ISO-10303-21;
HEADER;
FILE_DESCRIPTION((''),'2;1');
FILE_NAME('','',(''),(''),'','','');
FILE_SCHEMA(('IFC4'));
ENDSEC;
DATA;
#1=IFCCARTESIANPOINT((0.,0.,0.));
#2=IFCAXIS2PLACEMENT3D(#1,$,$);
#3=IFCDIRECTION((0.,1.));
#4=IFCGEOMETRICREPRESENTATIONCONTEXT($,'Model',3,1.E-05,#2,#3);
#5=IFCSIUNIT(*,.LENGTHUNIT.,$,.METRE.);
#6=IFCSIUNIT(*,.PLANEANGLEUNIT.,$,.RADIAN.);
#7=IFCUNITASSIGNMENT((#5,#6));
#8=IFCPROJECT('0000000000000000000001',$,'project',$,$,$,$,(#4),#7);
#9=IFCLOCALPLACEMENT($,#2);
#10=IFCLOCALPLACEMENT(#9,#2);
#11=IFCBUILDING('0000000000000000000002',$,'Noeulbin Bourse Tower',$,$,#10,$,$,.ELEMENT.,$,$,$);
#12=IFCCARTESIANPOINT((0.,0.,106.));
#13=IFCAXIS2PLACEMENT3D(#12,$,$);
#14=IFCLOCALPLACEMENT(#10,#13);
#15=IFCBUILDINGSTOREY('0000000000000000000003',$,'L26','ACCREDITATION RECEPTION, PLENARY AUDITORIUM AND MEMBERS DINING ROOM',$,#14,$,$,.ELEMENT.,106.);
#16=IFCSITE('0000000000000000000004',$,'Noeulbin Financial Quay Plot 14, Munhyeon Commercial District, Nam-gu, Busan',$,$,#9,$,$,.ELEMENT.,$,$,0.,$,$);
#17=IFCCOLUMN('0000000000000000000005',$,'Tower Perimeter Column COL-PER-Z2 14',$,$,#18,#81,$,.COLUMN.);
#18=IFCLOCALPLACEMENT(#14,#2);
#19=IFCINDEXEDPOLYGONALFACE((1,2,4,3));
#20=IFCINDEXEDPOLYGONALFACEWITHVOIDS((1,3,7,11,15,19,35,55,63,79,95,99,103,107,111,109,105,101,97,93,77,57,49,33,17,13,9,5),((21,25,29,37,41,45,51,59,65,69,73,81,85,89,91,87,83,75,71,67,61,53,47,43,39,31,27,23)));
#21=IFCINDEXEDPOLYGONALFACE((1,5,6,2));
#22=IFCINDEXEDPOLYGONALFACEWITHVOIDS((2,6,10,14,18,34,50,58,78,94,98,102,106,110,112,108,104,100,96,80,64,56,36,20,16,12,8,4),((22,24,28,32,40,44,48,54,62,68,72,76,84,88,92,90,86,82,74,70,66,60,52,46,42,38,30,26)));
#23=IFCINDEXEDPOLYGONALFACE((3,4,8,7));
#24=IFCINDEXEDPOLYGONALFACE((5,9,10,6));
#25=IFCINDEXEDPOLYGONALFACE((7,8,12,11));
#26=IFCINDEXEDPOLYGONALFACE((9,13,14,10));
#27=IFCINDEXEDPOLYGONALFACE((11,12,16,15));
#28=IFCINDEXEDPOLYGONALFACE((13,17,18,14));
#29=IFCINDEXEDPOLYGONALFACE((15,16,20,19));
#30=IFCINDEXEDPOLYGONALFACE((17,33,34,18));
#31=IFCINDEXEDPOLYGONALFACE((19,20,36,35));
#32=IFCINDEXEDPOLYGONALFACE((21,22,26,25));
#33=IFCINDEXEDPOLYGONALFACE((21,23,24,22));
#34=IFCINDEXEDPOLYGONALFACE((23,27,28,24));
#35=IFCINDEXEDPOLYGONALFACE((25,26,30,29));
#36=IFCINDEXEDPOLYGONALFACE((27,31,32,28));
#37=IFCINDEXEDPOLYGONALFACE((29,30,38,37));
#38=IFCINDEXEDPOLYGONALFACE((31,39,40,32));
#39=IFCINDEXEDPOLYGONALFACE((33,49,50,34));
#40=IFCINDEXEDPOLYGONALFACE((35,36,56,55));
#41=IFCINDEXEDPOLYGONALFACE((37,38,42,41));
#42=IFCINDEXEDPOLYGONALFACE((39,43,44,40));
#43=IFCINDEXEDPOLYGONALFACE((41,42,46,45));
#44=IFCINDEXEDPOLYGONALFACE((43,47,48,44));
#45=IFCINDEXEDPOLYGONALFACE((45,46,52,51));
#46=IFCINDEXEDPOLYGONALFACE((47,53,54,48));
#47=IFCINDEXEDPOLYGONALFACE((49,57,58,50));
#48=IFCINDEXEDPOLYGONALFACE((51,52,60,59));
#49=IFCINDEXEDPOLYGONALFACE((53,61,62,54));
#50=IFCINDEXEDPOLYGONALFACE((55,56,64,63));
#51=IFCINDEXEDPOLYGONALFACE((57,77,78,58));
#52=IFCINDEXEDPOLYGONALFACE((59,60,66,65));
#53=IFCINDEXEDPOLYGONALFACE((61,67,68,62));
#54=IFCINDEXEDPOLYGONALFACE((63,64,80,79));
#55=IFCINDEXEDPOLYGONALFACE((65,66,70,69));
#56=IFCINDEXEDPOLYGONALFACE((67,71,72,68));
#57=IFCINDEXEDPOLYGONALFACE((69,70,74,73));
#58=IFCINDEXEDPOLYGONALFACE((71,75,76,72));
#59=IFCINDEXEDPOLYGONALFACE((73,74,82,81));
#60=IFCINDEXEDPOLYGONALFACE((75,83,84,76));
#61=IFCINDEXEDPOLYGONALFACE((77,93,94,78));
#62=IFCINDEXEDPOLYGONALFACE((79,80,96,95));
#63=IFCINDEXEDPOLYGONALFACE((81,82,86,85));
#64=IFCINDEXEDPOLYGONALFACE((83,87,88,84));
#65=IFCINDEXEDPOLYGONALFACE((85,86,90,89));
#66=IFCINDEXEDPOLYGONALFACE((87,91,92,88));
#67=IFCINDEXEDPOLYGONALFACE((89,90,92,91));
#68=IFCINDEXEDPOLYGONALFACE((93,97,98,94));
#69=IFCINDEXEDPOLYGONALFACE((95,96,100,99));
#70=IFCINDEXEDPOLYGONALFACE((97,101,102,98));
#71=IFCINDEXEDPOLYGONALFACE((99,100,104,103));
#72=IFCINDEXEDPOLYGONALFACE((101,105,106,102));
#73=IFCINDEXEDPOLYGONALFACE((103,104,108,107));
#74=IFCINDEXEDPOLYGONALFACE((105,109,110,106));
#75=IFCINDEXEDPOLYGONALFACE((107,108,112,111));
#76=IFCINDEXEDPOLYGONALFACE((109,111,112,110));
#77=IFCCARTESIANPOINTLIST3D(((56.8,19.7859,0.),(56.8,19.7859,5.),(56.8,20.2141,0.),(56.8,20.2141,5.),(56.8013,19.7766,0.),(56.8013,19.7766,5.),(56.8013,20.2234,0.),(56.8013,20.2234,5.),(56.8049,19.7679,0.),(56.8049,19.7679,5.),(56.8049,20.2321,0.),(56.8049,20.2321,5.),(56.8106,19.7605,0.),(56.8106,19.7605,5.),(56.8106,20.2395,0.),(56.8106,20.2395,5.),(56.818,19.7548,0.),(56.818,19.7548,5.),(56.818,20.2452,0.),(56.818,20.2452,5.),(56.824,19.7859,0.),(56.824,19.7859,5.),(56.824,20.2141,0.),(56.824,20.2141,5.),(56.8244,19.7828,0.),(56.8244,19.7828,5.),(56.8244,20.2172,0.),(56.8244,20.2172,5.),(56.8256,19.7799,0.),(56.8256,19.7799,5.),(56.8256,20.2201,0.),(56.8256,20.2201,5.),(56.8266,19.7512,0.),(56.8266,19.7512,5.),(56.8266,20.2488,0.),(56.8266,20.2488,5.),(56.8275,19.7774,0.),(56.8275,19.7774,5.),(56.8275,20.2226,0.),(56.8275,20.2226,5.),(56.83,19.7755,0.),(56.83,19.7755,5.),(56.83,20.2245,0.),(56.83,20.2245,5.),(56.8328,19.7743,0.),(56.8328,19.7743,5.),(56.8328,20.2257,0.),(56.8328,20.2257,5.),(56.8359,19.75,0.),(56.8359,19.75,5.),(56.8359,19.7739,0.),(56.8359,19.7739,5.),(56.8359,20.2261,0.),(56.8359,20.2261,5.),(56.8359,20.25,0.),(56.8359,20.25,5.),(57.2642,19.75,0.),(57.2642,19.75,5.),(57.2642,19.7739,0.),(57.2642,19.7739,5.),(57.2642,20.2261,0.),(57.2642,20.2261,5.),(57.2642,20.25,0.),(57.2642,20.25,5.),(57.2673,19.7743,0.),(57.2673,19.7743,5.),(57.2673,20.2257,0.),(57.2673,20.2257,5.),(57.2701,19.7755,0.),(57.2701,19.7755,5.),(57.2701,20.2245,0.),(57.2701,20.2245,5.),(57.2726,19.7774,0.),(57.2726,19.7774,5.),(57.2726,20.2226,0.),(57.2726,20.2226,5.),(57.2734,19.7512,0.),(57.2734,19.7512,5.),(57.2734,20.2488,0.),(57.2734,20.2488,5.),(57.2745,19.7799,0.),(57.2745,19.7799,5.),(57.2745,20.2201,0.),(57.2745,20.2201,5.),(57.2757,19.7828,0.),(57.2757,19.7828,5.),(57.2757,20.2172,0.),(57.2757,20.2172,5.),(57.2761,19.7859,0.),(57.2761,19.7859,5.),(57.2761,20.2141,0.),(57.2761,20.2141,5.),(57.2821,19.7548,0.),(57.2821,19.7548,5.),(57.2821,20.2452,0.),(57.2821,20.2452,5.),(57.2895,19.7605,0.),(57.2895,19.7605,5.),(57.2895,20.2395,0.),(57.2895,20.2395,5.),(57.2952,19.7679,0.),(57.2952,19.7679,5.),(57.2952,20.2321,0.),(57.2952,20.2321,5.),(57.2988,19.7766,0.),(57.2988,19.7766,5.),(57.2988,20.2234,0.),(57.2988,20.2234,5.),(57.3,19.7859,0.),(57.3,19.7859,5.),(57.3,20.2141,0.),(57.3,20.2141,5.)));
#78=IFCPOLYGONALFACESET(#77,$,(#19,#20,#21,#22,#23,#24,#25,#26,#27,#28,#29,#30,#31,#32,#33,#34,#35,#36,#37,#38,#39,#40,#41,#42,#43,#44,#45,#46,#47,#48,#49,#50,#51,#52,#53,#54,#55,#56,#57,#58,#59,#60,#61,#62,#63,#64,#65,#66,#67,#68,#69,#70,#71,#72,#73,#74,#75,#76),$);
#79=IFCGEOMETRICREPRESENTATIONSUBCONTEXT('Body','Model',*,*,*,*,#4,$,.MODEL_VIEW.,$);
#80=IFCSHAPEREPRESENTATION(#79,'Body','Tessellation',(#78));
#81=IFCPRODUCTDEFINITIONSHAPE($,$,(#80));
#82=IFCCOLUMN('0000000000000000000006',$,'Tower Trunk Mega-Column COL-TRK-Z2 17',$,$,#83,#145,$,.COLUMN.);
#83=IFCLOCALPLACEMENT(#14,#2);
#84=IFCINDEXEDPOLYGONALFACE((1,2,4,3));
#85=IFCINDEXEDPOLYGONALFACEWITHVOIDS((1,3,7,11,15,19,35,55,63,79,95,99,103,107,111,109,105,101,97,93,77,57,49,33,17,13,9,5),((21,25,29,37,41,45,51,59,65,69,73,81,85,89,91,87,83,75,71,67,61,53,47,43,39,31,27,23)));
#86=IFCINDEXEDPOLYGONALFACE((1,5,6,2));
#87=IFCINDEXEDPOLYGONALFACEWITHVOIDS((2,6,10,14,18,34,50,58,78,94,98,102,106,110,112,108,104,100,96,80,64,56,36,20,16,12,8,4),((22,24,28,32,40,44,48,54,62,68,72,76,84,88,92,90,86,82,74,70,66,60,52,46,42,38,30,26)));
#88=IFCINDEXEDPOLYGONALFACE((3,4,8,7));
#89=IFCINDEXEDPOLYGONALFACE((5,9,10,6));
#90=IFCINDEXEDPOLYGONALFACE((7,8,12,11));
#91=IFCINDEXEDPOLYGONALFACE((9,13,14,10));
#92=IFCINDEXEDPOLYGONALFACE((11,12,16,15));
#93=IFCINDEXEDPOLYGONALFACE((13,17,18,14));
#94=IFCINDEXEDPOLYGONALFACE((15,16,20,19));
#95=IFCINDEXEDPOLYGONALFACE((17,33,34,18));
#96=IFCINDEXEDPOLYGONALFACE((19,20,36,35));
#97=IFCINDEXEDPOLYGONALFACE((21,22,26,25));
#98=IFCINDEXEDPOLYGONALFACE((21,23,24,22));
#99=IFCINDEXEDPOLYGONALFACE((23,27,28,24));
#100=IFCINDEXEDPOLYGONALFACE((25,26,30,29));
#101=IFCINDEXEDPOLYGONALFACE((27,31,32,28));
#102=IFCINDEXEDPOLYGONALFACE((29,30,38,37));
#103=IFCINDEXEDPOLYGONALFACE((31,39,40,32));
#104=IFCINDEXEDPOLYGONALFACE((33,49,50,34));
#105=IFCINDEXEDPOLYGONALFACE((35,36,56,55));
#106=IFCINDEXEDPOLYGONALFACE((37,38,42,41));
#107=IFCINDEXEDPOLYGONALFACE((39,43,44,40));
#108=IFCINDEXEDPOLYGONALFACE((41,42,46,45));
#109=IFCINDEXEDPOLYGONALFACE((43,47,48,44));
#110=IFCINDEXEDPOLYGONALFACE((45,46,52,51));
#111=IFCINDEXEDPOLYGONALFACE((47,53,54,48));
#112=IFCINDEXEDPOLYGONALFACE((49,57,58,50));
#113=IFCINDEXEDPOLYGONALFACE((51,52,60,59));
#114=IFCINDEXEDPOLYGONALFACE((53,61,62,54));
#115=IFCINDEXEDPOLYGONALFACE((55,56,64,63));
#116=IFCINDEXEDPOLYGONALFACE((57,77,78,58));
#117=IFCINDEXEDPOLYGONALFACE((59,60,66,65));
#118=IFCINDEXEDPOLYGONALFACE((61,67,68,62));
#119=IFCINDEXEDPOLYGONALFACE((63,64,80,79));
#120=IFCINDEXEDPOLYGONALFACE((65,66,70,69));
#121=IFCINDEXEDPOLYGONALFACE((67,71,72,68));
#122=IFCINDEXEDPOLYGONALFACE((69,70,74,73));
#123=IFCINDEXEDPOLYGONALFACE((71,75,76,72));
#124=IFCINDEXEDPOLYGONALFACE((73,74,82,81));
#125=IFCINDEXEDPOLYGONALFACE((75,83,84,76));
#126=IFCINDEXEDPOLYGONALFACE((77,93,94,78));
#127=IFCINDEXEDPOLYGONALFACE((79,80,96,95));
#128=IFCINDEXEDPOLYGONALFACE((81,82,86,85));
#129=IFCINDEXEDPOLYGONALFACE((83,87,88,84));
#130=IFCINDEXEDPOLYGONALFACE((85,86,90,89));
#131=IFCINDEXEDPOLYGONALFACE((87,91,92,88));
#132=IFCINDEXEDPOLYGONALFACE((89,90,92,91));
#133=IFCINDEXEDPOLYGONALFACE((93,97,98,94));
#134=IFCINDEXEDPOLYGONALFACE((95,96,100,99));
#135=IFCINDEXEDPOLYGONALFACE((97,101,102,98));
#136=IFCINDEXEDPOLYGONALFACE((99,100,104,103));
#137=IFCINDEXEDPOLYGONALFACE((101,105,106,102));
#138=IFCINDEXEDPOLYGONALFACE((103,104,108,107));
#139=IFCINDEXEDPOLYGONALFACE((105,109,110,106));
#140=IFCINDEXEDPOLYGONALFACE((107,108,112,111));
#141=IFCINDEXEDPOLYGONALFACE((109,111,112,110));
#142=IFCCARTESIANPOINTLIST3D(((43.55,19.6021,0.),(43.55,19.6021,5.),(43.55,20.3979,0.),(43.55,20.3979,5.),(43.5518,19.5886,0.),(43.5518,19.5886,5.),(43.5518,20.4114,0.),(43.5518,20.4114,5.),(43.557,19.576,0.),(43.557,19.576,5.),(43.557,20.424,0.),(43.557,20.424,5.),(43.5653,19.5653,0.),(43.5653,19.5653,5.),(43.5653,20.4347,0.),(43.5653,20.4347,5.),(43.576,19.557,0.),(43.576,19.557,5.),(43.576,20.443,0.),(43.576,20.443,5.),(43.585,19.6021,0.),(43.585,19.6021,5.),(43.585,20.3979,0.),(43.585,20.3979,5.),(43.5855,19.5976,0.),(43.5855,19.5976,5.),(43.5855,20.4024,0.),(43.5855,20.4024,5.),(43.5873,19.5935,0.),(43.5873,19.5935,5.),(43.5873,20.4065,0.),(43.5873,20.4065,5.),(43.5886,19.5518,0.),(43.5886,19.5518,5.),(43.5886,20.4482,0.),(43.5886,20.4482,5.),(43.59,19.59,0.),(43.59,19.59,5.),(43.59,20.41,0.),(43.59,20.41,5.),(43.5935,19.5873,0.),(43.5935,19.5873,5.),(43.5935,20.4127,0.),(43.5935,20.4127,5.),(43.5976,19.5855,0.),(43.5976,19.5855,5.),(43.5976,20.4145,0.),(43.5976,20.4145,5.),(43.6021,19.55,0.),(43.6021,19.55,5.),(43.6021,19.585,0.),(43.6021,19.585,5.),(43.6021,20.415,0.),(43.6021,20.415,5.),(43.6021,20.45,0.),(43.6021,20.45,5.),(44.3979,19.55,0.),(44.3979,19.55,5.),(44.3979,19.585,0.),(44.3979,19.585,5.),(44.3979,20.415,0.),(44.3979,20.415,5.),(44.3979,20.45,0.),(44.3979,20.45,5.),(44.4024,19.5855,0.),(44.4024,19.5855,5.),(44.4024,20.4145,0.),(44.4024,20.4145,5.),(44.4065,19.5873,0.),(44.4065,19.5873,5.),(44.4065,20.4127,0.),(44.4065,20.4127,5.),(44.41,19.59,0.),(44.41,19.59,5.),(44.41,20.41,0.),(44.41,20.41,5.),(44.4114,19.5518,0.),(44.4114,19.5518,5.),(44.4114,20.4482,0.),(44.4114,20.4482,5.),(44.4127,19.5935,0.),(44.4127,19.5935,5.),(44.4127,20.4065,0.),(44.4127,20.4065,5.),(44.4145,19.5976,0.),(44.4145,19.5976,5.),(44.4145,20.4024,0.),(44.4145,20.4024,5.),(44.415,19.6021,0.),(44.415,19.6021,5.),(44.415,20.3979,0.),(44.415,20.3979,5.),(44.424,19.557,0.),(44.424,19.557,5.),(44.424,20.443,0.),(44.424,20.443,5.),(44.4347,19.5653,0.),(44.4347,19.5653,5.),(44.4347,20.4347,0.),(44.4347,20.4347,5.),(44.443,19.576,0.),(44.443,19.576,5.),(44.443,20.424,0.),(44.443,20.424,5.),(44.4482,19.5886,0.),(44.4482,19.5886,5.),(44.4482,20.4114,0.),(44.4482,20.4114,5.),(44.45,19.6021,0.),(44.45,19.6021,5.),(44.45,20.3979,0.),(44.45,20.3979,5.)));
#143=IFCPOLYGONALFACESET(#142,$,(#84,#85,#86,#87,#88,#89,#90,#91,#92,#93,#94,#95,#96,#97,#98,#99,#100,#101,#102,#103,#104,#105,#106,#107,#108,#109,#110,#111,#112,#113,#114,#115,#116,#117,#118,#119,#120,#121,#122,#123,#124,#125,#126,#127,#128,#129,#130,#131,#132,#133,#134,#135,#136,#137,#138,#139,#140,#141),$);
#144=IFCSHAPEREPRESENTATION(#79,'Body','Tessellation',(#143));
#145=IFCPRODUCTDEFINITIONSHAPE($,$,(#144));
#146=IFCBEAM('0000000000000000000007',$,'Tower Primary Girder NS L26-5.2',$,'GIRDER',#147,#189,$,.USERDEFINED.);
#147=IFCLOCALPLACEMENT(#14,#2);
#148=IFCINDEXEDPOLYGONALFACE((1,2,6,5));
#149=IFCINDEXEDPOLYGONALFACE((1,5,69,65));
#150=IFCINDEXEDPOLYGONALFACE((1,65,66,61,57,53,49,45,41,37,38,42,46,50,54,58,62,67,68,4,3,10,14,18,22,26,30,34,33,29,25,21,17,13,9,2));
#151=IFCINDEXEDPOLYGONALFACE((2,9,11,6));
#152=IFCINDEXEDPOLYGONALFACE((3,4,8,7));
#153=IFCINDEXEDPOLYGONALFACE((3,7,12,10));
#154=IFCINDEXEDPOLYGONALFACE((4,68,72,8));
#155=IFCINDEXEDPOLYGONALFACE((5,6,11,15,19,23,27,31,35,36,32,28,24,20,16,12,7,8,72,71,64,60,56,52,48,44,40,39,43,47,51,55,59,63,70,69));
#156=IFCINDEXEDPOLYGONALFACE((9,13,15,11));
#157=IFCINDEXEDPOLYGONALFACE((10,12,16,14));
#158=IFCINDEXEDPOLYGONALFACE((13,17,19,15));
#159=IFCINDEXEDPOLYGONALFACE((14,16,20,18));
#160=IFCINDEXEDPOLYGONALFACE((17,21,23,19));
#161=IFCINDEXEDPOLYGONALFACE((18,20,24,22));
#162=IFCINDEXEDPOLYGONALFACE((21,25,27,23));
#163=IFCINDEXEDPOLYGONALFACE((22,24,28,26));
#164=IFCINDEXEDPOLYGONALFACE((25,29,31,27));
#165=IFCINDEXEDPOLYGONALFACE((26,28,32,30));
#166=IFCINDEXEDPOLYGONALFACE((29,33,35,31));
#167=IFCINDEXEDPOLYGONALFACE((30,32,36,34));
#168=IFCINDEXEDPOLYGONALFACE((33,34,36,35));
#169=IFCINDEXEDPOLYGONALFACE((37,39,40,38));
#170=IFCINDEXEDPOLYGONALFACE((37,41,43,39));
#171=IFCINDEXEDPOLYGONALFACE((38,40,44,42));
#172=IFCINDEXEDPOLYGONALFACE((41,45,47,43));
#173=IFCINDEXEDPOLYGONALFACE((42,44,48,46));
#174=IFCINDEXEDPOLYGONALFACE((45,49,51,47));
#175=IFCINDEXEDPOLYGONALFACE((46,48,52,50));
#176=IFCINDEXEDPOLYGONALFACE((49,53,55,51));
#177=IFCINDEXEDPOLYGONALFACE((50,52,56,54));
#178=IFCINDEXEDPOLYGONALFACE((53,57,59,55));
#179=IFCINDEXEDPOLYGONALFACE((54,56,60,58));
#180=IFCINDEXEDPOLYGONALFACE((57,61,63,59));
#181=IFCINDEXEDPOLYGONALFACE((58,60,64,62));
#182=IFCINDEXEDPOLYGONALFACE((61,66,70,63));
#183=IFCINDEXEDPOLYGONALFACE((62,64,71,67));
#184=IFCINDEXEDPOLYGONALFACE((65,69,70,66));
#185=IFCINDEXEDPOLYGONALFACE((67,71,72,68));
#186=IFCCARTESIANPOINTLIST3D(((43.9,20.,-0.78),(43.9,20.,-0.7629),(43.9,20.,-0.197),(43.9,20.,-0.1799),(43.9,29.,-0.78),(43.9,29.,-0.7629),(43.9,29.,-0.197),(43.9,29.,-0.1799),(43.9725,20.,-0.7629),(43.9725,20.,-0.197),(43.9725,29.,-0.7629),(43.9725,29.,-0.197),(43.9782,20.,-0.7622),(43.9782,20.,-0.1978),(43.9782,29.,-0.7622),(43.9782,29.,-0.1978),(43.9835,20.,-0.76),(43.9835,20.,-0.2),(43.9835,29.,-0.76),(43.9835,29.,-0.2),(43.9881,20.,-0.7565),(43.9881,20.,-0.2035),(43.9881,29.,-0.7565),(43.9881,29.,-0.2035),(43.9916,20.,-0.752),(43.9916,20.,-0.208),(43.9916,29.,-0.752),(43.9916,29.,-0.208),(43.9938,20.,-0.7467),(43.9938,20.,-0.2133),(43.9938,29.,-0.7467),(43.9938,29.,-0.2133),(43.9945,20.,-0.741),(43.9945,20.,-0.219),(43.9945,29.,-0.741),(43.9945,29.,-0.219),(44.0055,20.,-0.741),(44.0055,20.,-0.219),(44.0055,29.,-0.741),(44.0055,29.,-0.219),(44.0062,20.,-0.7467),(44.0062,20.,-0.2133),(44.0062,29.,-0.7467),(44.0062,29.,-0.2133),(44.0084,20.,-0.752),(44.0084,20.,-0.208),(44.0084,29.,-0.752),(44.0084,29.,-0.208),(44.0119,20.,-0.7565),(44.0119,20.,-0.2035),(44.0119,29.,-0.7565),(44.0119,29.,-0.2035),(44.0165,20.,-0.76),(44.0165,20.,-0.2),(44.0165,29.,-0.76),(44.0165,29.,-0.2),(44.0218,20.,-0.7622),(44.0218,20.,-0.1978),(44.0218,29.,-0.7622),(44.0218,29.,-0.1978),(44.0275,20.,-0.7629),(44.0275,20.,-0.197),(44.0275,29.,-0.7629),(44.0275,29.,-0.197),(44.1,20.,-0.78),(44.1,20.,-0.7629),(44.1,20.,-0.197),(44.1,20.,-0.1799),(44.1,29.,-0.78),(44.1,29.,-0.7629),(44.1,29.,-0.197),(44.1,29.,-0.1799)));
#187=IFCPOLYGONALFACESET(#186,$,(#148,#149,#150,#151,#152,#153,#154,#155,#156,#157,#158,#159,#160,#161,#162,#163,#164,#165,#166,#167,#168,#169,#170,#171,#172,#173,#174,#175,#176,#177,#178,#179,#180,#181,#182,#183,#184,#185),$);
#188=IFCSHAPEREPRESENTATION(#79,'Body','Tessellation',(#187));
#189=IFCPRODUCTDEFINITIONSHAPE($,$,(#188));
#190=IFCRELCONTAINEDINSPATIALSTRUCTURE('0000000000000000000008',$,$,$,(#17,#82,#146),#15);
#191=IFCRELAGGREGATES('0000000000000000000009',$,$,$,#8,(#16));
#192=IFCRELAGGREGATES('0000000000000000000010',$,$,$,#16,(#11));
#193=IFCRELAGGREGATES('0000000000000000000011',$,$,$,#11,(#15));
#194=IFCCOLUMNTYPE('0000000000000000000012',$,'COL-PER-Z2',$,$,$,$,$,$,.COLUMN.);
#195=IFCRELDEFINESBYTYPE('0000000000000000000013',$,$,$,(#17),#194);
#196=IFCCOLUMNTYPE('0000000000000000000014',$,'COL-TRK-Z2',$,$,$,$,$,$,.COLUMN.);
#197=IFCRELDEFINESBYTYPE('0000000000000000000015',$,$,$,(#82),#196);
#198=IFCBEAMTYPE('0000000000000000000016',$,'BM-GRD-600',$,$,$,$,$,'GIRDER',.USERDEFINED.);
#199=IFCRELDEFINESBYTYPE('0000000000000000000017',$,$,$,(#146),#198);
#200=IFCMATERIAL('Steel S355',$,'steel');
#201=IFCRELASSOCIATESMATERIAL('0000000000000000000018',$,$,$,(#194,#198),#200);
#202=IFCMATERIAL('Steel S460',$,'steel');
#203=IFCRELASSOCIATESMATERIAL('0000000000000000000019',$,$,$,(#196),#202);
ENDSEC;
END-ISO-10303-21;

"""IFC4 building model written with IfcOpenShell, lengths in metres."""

from ifc_helpers import new_model, si_unit, direction, frame, origin, origin_2d, place, context, subcontext, project, spatial, hollow_rectangle, i_section, extrude, material, material_profile, profile_set, type_object, element, save


model = new_model("IFC4")

# Units and contexts
model_context = context("Model", 3, precision=1e-05, world=origin(), true_north=direction((0.0, 1.0)))
body_context = subcontext(model_context, "Body", "Model", "MODEL_VIEW")
ifc_project = project(units=[si_unit("LENGTHUNIT", "METRE"), si_unit("PLANEANGLEUNIT", "RADIAN")], contexts=[model_context])

# Site, building, storey
site_placement = place(None, origin())
site = spatial("IfcSite", under=ifc_project, at=site_placement, Name="Noeulbin Financial Quay Plot 14, Munhyeon Commercial District, Nam-gu, Busan", CompositionType="ELEMENT", RefElevation=0.0)
building_placement = place(site_placement, origin())
building = spatial("IfcBuilding", under=site, at=building_placement, Name="Noeulbin Bourse Tower", CompositionType="ELEMENT")
storey_placement = place(building_placement, frame((0.0, 0.0, 106.0)))
storey = spatial("IfcBuildingStorey", under=building, at=storey_placement, Name="L26", Description="ACCREDITATION RECEPTION, PLENARY AUDITORIUM AND MEMBERS DINING ROOM", CompositionType="ELEMENT", Elevation=106.0)

# Columns
ifc_material_1 = material(Name="Steel S355", Category="steel")
ifc_material_profile_1 = material_profile(ifc_material_1, hollow_rectangle(XDim=0.5, YDim=0.5, WallThickness=0.0239, InnerFilletRadius=0.012, OuterFilletRadius=0.0359, at=origin_2d()), Name="BOX-500x500x24", Category="LoadBearing")
ifc_profile_set_1 = profile_set([ifc_material_profile_1], Name="Steel S355")
column_type_1 = type_object("IfcColumnType", Name="COL-PER-Z2", PredefinedType="COLUMN", material=ifc_profile_set_1)
column_1_placement = place(storey_placement, frame((57.05, 20.0, 0.0), z_axis=(0.0, 0.0, 1.0), x_axis=(1.0, 0.0, 0.0)))
element("IfcColumn", 1, at=column_1_placement, inside=storey, type_object=column_type_1, Name="Tower Perimeter Column COL-PER-Z2 14", PredefinedType="COLUMN", context=body_context, shape_type="SweptSolid", body=[
    extrude(hollow_rectangle(XDim=0.5, YDim=0.5, WallThickness=0.0239, InnerFilletRadius=0.012, OuterFilletRadius=0.0359, at=origin_2d()), origin(), (0.0, 0.0, 1.0), 5.0),
])
ifc_material_2 = material(Name="Steel S460", Category="steel")
ifc_material_profile_2 = material_profile(ifc_material_2, hollow_rectangle(XDim=0.8999, YDim=0.8999, WallThickness=0.0349, InnerFilletRadius=0.0171, OuterFilletRadius=0.052, at=origin_2d()), Name="BOX-900x900x35", Category="LoadBearing")
ifc_profile_set_2 = profile_set([ifc_material_profile_2], Name="Steel S460")
column_type_2 = type_object("IfcColumnType", Name="COL-TRK-Z2", PredefinedType="COLUMN", material=ifc_profile_set_2)
column_2_placement = place(storey_placement, frame((44.0, 20.0, 0.0), z_axis=(0.0, 0.0, 1.0), x_axis=(1.0, 0.0, 0.0)))
element("IfcColumn", 2, at=column_2_placement, inside=storey, type_object=column_type_2, Name="Tower Trunk Mega-Column COL-TRK-Z2 17", PredefinedType="COLUMN", context=body_context, shape_type="SweptSolid", body=[
    extrude(hollow_rectangle(XDim=0.8999, YDim=0.8999, WallThickness=0.0349, InnerFilletRadius=0.0171, OuterFilletRadius=0.052, at=origin_2d()), origin(), (0.0, 0.0, 1.0), 5.0),
])

# Beam
ifc_material_profile_3 = material_profile(ifc_material_1, i_section(OverallWidth=0.2, OverallDepth=0.6001, WebThickness=0.011, FlangeThickness=0.0171, FilletRadius=0.022, at=origin_2d()), Name="H-600x200x11x17", Category="LoadBearing")
ifc_profile_set_3 = profile_set([ifc_material_profile_3], Name="Steel S355")
beam_type_1 = type_object("IfcBeamType", Name="BM-GRD-600", ElementType="GIRDER", PredefinedType="USERDEFINED", material=ifc_profile_set_3)
beam_1_placement = place(storey_placement, frame((44.0, 20.0, -0.48), z_axis=(0.0, 1.0, 0.0), x_axis=(-1.0, 0.0, 0.0)))
element("IfcBeam", 3, at=beam_1_placement, inside=storey, type_object=beam_type_1, Name="Tower Primary Girder NS L26-5.2", ObjectType="GIRDER", PredefinedType="USERDEFINED", context=body_context, shape_type="SweptSolid", body=[
    extrude(i_section(OverallWidth=0.2, OverallDepth=0.6001, WebThickness=0.011, FlangeThickness=0.0171, FilletRadius=0.022, at=origin_2d()), origin(), (0.0, 0.0, 1.0), 9.0),
])

save(model, "model.ifc")
